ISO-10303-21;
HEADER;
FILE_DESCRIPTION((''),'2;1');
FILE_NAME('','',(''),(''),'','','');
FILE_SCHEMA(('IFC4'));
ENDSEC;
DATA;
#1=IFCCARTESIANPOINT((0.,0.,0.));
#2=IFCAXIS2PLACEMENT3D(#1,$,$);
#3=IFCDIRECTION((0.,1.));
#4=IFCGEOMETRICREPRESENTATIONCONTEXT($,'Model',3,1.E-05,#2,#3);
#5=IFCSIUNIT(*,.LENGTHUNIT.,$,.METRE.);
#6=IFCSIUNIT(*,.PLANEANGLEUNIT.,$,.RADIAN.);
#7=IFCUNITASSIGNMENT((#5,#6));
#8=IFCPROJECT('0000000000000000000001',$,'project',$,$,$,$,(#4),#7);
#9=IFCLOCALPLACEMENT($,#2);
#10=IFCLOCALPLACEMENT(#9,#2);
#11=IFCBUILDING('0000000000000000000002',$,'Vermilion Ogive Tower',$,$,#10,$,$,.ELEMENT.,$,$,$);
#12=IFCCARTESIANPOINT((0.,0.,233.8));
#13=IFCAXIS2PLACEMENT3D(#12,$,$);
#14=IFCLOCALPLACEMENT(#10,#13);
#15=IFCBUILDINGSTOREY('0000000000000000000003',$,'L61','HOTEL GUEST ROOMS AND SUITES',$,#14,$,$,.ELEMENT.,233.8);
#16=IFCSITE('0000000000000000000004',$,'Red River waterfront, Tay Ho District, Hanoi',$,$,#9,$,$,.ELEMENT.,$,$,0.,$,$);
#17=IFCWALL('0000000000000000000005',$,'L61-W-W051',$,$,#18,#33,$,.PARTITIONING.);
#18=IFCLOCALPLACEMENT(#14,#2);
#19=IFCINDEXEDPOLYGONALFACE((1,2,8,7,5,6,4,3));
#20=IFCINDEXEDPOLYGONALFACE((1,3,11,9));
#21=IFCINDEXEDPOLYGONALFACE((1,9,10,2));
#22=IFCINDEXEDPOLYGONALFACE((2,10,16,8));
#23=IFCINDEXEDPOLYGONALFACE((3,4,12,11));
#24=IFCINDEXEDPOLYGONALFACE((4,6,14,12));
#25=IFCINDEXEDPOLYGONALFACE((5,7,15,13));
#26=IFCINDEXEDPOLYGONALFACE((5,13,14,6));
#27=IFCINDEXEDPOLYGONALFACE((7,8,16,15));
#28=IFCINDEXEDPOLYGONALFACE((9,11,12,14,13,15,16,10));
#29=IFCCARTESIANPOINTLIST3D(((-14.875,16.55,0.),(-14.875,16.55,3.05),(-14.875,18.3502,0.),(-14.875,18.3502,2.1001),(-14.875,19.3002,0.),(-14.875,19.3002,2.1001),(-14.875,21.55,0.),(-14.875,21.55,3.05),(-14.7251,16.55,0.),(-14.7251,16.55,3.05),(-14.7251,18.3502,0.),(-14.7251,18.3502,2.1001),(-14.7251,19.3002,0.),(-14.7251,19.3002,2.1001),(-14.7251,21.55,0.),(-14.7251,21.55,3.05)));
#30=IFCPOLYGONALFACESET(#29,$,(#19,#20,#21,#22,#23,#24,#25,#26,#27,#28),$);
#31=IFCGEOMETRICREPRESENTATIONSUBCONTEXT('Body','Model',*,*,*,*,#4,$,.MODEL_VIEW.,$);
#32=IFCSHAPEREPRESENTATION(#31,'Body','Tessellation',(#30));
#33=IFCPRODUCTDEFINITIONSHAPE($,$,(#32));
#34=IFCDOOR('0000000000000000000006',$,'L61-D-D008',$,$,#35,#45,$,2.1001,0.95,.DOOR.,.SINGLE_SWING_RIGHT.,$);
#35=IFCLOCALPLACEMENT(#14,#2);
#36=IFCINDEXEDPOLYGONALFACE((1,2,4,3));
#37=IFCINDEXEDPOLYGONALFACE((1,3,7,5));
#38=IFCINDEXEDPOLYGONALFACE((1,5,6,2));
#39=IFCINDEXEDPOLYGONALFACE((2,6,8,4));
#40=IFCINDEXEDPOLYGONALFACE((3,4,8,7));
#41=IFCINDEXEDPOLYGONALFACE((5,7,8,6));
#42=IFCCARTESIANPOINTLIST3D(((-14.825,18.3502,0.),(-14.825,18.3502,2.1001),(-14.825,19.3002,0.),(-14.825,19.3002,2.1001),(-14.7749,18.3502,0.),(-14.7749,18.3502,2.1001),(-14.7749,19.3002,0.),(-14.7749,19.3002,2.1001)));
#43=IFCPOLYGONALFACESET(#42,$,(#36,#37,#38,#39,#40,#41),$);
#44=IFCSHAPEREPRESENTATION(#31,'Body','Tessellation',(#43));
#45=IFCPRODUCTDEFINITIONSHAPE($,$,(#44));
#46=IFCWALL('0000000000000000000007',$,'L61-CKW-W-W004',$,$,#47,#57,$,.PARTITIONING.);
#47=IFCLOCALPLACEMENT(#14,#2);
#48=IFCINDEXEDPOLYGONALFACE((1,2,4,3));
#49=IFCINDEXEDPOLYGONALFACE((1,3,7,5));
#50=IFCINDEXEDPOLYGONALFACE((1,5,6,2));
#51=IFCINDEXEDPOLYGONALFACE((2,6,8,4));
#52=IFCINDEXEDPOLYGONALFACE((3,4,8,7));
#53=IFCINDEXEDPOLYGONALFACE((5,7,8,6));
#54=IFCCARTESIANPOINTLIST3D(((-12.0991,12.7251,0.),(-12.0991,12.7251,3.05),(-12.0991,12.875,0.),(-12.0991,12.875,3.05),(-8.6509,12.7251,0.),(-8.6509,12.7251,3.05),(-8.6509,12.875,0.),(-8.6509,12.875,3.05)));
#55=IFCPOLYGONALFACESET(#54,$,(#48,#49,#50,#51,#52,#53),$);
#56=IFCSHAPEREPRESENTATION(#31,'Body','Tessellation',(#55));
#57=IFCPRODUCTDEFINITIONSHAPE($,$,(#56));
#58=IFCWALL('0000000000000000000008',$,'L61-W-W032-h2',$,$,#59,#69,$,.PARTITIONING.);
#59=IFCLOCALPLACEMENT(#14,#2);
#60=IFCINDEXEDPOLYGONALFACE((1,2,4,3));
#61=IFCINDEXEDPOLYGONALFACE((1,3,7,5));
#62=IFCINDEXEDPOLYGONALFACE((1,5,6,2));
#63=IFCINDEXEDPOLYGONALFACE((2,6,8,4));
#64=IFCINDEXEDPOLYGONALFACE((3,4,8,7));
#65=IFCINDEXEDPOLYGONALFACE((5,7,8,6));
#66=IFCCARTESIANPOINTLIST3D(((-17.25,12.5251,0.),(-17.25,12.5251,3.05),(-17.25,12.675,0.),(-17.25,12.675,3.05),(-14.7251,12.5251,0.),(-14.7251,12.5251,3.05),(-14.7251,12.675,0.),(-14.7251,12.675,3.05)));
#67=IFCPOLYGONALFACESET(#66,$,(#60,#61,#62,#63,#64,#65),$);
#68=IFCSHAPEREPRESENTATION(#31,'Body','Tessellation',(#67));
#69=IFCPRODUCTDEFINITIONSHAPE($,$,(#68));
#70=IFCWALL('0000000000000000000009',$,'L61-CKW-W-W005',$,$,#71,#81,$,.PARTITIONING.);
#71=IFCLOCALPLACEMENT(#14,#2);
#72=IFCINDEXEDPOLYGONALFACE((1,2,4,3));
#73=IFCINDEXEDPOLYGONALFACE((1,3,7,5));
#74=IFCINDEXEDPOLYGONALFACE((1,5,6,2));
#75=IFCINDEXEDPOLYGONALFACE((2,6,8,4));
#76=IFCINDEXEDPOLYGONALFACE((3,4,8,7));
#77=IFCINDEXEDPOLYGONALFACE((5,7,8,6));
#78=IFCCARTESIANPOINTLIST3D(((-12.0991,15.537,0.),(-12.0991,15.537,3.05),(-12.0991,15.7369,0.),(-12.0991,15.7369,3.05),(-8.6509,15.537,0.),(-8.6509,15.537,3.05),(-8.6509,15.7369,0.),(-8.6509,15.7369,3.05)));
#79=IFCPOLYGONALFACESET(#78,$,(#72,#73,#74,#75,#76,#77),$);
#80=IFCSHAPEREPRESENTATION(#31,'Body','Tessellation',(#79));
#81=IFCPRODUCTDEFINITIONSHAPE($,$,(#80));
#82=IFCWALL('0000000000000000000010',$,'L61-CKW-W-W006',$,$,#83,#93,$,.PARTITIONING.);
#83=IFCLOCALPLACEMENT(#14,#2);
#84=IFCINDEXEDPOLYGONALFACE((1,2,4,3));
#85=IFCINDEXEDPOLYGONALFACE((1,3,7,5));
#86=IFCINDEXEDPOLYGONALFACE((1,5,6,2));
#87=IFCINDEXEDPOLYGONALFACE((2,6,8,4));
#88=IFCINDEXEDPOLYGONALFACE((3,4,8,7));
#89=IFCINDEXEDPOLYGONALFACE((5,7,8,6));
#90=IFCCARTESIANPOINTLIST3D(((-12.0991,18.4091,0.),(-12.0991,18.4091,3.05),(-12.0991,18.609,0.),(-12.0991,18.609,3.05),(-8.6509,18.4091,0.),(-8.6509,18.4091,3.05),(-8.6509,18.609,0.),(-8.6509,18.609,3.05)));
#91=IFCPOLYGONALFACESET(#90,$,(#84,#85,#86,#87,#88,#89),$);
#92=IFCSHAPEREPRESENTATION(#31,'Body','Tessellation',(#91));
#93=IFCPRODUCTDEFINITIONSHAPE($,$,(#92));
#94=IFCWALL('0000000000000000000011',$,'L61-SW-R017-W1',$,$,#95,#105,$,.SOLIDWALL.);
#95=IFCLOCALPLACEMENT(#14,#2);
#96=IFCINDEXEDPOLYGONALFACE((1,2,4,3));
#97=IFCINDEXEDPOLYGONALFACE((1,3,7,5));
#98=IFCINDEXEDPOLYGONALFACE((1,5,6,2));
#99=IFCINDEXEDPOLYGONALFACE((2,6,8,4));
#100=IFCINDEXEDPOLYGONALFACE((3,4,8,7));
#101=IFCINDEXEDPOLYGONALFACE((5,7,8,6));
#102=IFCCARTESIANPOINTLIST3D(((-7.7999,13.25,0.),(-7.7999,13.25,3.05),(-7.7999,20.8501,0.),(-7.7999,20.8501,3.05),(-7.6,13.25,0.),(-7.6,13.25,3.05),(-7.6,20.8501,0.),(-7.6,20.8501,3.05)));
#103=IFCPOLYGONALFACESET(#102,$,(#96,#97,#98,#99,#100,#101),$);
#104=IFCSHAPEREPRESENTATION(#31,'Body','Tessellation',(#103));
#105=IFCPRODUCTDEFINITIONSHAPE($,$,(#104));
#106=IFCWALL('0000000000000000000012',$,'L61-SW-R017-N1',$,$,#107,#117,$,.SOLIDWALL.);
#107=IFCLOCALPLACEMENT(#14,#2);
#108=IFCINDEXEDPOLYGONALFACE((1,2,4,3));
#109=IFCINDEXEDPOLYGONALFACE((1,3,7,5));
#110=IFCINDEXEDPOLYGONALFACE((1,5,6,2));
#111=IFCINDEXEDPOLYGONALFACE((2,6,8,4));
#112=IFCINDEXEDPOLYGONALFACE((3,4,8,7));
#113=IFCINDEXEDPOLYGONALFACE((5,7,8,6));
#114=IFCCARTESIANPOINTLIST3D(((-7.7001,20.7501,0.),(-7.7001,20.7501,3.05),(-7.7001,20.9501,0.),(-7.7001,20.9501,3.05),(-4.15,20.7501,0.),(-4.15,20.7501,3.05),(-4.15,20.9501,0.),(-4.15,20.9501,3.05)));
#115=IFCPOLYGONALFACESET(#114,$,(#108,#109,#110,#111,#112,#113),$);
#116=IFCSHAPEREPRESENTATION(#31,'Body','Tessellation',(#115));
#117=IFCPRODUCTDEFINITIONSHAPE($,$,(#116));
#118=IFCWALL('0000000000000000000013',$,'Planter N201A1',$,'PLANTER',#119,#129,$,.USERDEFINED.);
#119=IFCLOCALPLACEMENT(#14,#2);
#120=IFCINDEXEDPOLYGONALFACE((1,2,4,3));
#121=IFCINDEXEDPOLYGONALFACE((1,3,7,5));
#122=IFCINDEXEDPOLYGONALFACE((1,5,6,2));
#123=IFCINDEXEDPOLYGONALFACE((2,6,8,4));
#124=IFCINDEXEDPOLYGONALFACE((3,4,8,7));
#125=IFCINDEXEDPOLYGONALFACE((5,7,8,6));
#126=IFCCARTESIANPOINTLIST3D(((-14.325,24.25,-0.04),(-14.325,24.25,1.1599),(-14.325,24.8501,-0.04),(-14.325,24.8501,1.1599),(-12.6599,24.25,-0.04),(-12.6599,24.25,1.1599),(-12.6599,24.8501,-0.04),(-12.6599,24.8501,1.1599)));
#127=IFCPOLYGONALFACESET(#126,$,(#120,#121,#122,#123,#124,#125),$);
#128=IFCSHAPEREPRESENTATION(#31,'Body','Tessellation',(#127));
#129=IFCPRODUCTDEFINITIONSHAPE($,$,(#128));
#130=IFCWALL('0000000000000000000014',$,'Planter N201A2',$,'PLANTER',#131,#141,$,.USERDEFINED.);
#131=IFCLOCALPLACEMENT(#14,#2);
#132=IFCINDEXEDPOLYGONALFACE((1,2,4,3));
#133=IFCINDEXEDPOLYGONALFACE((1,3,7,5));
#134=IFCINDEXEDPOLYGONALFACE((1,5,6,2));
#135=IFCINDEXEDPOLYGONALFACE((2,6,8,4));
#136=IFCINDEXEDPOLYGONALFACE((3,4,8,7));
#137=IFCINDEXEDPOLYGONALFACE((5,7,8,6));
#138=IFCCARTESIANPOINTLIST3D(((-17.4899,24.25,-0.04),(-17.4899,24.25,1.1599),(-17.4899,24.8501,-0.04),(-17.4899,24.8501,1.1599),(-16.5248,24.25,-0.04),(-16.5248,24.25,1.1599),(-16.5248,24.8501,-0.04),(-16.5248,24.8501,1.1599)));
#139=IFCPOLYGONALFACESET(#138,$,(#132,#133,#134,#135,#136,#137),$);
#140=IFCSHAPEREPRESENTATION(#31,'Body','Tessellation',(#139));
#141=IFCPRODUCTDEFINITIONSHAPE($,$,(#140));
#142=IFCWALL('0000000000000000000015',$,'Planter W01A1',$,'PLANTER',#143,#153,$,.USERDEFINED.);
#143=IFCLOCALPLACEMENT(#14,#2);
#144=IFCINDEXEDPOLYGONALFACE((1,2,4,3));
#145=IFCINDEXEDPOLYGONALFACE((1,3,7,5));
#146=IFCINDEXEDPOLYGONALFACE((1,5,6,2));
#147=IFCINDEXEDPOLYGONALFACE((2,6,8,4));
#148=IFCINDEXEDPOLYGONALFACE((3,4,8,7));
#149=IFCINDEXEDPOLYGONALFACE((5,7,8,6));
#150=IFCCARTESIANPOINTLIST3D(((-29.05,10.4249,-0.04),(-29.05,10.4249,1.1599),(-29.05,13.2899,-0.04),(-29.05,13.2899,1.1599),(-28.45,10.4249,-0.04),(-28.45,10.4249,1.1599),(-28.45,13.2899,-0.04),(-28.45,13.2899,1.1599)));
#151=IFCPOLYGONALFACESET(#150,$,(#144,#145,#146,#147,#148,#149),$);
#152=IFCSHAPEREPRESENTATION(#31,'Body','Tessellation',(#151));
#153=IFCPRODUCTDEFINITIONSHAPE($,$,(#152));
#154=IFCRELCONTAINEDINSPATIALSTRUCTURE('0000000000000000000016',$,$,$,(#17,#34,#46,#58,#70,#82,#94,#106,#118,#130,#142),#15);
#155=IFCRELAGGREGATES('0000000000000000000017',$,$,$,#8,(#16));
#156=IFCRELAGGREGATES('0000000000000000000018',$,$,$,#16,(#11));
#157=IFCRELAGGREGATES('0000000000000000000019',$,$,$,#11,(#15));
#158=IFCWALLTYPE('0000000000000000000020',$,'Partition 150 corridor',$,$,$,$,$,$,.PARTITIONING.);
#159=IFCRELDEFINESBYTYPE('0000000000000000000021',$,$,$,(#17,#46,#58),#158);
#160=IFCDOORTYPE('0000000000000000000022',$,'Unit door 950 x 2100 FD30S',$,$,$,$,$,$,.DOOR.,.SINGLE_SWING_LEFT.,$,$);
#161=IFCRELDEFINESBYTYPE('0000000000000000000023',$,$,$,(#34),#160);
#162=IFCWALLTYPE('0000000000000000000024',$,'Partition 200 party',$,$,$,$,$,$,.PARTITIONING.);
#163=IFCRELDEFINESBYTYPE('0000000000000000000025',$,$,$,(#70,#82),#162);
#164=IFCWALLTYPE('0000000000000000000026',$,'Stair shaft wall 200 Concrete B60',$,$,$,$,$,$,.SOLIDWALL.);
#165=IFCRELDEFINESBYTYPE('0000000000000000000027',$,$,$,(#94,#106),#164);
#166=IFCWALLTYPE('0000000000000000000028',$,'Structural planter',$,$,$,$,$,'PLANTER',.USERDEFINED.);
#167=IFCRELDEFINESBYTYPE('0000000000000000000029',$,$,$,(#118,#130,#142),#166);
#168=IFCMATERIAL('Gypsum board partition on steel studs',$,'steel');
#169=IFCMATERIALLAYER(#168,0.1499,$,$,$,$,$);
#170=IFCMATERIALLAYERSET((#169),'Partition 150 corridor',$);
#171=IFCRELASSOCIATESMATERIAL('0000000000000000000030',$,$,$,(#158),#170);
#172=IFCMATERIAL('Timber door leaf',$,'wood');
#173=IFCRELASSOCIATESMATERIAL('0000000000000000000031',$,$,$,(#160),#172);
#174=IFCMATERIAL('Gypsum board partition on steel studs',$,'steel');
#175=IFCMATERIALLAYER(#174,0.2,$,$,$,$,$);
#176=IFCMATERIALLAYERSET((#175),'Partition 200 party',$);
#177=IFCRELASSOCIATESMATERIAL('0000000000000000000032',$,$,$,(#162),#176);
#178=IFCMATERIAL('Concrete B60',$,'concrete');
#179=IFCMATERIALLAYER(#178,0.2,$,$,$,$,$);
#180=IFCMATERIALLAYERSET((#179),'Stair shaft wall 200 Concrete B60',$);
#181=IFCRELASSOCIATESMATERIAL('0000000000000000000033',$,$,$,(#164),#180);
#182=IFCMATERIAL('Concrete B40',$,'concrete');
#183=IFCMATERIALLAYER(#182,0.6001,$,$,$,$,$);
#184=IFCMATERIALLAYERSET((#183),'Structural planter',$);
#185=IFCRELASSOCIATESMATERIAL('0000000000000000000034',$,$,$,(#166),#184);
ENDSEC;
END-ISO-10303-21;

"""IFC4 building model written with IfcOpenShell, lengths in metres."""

from ifc_helpers import new_model, si_unit, direction, frame, frame_2d, origin, place, context, subcontext, project, spatial, rectangle, extrude, material, layer, layer_set, type_object, element, fill, save


model = new_model("IFC4")

# Units and contexts
model_context = context("Model", 3, precision=1e-05, world=origin(), true_north=direction((0.0, 1.0)))
body_context = subcontext(model_context, "Body", "Model", "MODEL_VIEW")
ifc_project = project(units=[si_unit("LENGTHUNIT", "METRE"), si_unit("PLANEANGLEUNIT", "RADIAN")], contexts=[model_context])

# Site, building, storey
site_placement = place(None, origin())
site = spatial("IfcSite", under=ifc_project, at=site_placement, Name="Red River waterfront, Tay Ho District, Hanoi", CompositionType="ELEMENT", RefElevation=0.0)
building_placement = place(site_placement, origin())
building = spatial("IfcBuilding", under=site, at=building_placement, Name="Vermilion Ogive Tower", CompositionType="ELEMENT")
storey_placement = place(building_placement, frame((0.0, 0.0, 233.8)))
storey = spatial("IfcBuildingStorey", under=building, at=storey_placement, Name="L61", Description="HOTEL GUEST ROOMS AND SUITES", CompositionType="ELEMENT", Elevation=233.8)

# Shared definitions
ifc_material_1 = material(Name="Gypsum board partition on steel studs", Category="steel")
ifc_layer_1 = layer(ifc_material_1, 0.1499)
ifc_layer_set_1 = layer_set([ifc_layer_1], Name="Partition 150 corridor")
wall_type_1 = type_object("IfcWallType", Name="Partition 150 corridor", PredefinedType="PARTITIONING", material=ifc_layer_set_1)

# Wall, opening, door
wall_1_placement = place(storey_placement, frame((-14.8, 16.55, 0.0), z_axis=(0.0, 0.0, 1.0), x_axis=(0.0, 1.0, 0.0)))
wall_1 = element("IfcWall", 1, at=wall_1_placement, inside=storey, type_object=wall_type_1, Name="L61-W-W051", PredefinedType="PARTITIONING", context=body_context, shape_type="SweptSolid", body=[
    extrude(rectangle(XDim=5.0, YDim=0.1499, at=frame_2d((2.5, 0.0))), origin(), (0.0, 0.0, 1.0), 3.05),
])
opening_1_placement = place(wall_1_placement, frame((1.8, 0.0, 0.0)))
opening_1 = element("IfcOpeningElement", 2, at=opening_1_placement, cuts=wall_1, PredefinedType="OPENING", context=body_context, shape_type="SweptSolid", body=[
    extrude(rectangle(XDim=0.95, YDim=2.1001, at=frame_2d((0.4751, 1.05))), frame((0.0, 0.085, 0.0), z_axis=(0.0, -1.0, 0.0), x_axis=(1.0, 0.0, 0.0)), (0.0, 0.0, 1.0), 0.1699),
])
ifc_material_2 = material(Name="Timber door leaf", Category="wood")
door_type_1 = type_object("IfcDoorType", Name="Unit door 950 x 2100 FD30S", OperationType="SINGLE_SWING_LEFT", PredefinedType="DOOR", material=ifc_material_2)
door_1_placement = place(opening_1_placement, origin())
door_1 = element("IfcDoor", 3, at=door_1_placement, inside=storey, type_object=door_type_1, Name="L61-D-D008", OperationType="SINGLE_SWING_RIGHT", OverallHeight=2.1001, OverallWidth=0.95, PredefinedType="DOOR", context=body_context, shape_type="SweptSolid", body=[
    extrude(rectangle(XDim=0.95, YDim=2.1001, at=frame_2d((0.4751, 1.05))), frame((0.0, 0.0249, 0.0), z_axis=(0.0, -1.0, 0.0), x_axis=(1.0, 0.0, 0.0)), (0.0, 0.0, 1.0), 0.05),
])
fill(opening_1, door_1)

# Walls
wall_2_placement = place(storey_placement, frame((-12.0991, 12.8, 0.0), z_axis=(0.0, 0.0, 1.0), x_axis=(1.0, 0.0, 0.0)))
element("IfcWall", 4, at=wall_2_placement, inside=storey, type_object=wall_type_1, Name="L61-CKW-W-W004", PredefinedType="PARTITIONING", context=body_context, shape_type="SweptSolid", body=[
    extrude(rectangle(XDim=3.4482, YDim=0.1499, at=frame_2d((1.7241, 0.0))), origin(), (0.0, 0.0, 1.0), 3.05),
])
wall_3_placement = place(storey_placement, frame((-17.25, 12.6001, 0.0), z_axis=(0.0, 0.0, 1.0), x_axis=(1.0, 0.0, 0.0)))
element("IfcWall", 5, at=wall_3_placement, inside=storey, type_object=wall_type_1, Name="L61-W-W032-h2", PredefinedType="PARTITIONING", context=body_context, shape_type="SweptSolid", body=[
    extrude(rectangle(XDim=2.5249, YDim=0.1499, at=frame_2d((1.2625, 0.0))), origin(), (0.0, 0.0, 1.0), 3.05),
])
ifc_material_3 = material(Name="Gypsum board partition on steel studs", Category="steel")
ifc_layer_2 = layer(ifc_material_3, 0.2)
ifc_layer_set_2 = layer_set([ifc_layer_2], Name="Partition 200 party")
wall_type_2 = type_object("IfcWallType", Name="Partition 200 party", PredefinedType="PARTITIONING", material=ifc_layer_set_2)
for number, where, z_axis, x_axis, name in (
    (6, (-12.0991, 15.637, 0.0), (0.0, 0.0, 1.0), (1.0, 0.0, 0.0), "L61-CKW-W-W005"),
    (7, (-12.0991, 18.509, 0.0), (0.0, 0.0, 1.0), (1.0, 0.0, 0.0), "L61-CKW-W-W006"),
):
    element("IfcWall", number, at=place(storey_placement, frame(where, z_axis=z_axis, x_axis=x_axis)), inside=storey, type_object=wall_type_2, Name=name, PredefinedType="PARTITIONING", context=body_context, shape_type="SweptSolid", body=[
        extrude(rectangle(XDim=3.4482, YDim=0.2, at=frame_2d((1.7241, 0.0))), origin(), (0.0, 0.0, 1.0), 3.05),
    ])
ifc_material_4 = material(Name="Concrete B60", Category="concrete")
ifc_layer_3 = layer(ifc_material_4, 0.2)
ifc_layer_set_3 = layer_set([ifc_layer_3], Name="Stair shaft wall 200 Concrete B60")
wall_type_3 = type_object("IfcWallType", Name="Stair shaft wall 200 Concrete B60", PredefinedType="SOLIDWALL", material=ifc_layer_set_3)
wall_4_placement = place(storey_placement, frame((-7.7, 13.25, 0.0), z_axis=(0.0, 0.0, 1.0), x_axis=(0.0, 1.0, 0.0)))
element("IfcWall", 8, at=wall_4_placement, inside=storey, type_object=wall_type_3, Name="L61-SW-R017-W1", PredefinedType="SOLIDWALL", context=body_context, shape_type="SweptSolid", body=[
    extrude(rectangle(XDim=7.6001, YDim=0.2, at=frame_2d((3.8, 0.0))), origin(), (0.0, 0.0, 1.0), 3.05),
])
wall_5_placement = place(storey_placement, frame((-7.7, 20.8501, 0.0), z_axis=(0.0, 0.0, 1.0), x_axis=(1.0, 0.0, 0.0)))
element("IfcWall", 9, at=wall_5_placement, inside=storey, type_object=wall_type_3, Name="L61-SW-R017-N1", PredefinedType="SOLIDWALL", context=body_context, shape_type="SweptSolid", body=[
    extrude(rectangle(XDim=3.55, YDim=0.2, at=frame_2d((1.7749, 0.0))), origin(), (0.0, 0.0, 1.0), 3.05),
])
ifc_material_5 = material(Name="Concrete B40", Category="concrete")
ifc_layer_4 = layer(ifc_material_5, 0.6001)
ifc_layer_set_4 = layer_set([ifc_layer_4], Name="Structural planter")
wall_type_4 = type_object("IfcWallType", Name="Structural planter", ElementType="PLANTER", PredefinedType="USERDEFINED", material=ifc_layer_set_4)
wall_6_placement = place(storey_placement, frame((-12.6599, 24.55, -0.04), z_axis=(0.0, 0.0, 1.0), x_axis=(-1.0, 0.0, 0.0)))
element("IfcWall", 10, at=wall_6_placement, inside=storey, type_object=wall_type_4, Name="Planter N201A1", ObjectType="PLANTER", PredefinedType="USERDEFINED", context=body_context, shape_type="SweptSolid", body=[
    extrude(rectangle(XDim=1.665, YDim=0.6001, at=frame_2d((0.8325, 0.0))), origin(), (0.0, 0.0, 1.0), 1.2),
])
wall_7_placement = place(storey_placement, frame((-16.5249, 24.55, -0.04), z_axis=(0.0, 0.0, 1.0), x_axis=(-1.0, 0.0, 0.0)))
element("IfcWall", 11, at=wall_7_placement, inside=storey, type_object=wall_type_4, Name="Planter N201A2", ObjectType="PLANTER", PredefinedType="USERDEFINED", context=body_context, shape_type="SweptSolid", body=[
    extrude(rectangle(XDim=0.9651, YDim=0.6001, at=frame_2d((0.4824, 0.0))), origin(), (0.0, 0.0, 1.0), 1.2),
])
wall_8_placement = place(storey_placement, frame((-28.75, 13.29, -0.04), z_axis=(0.0, 0.0, 1.0), x_axis=(0.0, -1.0, 0.0)))
element("IfcWall", 12, at=wall_8_placement, inside=storey, type_object=wall_type_4, Name="Planter W01A1", ObjectType="PLANTER", PredefinedType="USERDEFINED", context=body_context, shape_type="SweptSolid", body=[
    extrude(rectangle(XDim=2.865, YDim=0.6001, at=frame_2d((1.4326, 0.0))), origin(), (0.0, 0.0, 1.0), 1.2),
])

save(model, "model.ifc")
